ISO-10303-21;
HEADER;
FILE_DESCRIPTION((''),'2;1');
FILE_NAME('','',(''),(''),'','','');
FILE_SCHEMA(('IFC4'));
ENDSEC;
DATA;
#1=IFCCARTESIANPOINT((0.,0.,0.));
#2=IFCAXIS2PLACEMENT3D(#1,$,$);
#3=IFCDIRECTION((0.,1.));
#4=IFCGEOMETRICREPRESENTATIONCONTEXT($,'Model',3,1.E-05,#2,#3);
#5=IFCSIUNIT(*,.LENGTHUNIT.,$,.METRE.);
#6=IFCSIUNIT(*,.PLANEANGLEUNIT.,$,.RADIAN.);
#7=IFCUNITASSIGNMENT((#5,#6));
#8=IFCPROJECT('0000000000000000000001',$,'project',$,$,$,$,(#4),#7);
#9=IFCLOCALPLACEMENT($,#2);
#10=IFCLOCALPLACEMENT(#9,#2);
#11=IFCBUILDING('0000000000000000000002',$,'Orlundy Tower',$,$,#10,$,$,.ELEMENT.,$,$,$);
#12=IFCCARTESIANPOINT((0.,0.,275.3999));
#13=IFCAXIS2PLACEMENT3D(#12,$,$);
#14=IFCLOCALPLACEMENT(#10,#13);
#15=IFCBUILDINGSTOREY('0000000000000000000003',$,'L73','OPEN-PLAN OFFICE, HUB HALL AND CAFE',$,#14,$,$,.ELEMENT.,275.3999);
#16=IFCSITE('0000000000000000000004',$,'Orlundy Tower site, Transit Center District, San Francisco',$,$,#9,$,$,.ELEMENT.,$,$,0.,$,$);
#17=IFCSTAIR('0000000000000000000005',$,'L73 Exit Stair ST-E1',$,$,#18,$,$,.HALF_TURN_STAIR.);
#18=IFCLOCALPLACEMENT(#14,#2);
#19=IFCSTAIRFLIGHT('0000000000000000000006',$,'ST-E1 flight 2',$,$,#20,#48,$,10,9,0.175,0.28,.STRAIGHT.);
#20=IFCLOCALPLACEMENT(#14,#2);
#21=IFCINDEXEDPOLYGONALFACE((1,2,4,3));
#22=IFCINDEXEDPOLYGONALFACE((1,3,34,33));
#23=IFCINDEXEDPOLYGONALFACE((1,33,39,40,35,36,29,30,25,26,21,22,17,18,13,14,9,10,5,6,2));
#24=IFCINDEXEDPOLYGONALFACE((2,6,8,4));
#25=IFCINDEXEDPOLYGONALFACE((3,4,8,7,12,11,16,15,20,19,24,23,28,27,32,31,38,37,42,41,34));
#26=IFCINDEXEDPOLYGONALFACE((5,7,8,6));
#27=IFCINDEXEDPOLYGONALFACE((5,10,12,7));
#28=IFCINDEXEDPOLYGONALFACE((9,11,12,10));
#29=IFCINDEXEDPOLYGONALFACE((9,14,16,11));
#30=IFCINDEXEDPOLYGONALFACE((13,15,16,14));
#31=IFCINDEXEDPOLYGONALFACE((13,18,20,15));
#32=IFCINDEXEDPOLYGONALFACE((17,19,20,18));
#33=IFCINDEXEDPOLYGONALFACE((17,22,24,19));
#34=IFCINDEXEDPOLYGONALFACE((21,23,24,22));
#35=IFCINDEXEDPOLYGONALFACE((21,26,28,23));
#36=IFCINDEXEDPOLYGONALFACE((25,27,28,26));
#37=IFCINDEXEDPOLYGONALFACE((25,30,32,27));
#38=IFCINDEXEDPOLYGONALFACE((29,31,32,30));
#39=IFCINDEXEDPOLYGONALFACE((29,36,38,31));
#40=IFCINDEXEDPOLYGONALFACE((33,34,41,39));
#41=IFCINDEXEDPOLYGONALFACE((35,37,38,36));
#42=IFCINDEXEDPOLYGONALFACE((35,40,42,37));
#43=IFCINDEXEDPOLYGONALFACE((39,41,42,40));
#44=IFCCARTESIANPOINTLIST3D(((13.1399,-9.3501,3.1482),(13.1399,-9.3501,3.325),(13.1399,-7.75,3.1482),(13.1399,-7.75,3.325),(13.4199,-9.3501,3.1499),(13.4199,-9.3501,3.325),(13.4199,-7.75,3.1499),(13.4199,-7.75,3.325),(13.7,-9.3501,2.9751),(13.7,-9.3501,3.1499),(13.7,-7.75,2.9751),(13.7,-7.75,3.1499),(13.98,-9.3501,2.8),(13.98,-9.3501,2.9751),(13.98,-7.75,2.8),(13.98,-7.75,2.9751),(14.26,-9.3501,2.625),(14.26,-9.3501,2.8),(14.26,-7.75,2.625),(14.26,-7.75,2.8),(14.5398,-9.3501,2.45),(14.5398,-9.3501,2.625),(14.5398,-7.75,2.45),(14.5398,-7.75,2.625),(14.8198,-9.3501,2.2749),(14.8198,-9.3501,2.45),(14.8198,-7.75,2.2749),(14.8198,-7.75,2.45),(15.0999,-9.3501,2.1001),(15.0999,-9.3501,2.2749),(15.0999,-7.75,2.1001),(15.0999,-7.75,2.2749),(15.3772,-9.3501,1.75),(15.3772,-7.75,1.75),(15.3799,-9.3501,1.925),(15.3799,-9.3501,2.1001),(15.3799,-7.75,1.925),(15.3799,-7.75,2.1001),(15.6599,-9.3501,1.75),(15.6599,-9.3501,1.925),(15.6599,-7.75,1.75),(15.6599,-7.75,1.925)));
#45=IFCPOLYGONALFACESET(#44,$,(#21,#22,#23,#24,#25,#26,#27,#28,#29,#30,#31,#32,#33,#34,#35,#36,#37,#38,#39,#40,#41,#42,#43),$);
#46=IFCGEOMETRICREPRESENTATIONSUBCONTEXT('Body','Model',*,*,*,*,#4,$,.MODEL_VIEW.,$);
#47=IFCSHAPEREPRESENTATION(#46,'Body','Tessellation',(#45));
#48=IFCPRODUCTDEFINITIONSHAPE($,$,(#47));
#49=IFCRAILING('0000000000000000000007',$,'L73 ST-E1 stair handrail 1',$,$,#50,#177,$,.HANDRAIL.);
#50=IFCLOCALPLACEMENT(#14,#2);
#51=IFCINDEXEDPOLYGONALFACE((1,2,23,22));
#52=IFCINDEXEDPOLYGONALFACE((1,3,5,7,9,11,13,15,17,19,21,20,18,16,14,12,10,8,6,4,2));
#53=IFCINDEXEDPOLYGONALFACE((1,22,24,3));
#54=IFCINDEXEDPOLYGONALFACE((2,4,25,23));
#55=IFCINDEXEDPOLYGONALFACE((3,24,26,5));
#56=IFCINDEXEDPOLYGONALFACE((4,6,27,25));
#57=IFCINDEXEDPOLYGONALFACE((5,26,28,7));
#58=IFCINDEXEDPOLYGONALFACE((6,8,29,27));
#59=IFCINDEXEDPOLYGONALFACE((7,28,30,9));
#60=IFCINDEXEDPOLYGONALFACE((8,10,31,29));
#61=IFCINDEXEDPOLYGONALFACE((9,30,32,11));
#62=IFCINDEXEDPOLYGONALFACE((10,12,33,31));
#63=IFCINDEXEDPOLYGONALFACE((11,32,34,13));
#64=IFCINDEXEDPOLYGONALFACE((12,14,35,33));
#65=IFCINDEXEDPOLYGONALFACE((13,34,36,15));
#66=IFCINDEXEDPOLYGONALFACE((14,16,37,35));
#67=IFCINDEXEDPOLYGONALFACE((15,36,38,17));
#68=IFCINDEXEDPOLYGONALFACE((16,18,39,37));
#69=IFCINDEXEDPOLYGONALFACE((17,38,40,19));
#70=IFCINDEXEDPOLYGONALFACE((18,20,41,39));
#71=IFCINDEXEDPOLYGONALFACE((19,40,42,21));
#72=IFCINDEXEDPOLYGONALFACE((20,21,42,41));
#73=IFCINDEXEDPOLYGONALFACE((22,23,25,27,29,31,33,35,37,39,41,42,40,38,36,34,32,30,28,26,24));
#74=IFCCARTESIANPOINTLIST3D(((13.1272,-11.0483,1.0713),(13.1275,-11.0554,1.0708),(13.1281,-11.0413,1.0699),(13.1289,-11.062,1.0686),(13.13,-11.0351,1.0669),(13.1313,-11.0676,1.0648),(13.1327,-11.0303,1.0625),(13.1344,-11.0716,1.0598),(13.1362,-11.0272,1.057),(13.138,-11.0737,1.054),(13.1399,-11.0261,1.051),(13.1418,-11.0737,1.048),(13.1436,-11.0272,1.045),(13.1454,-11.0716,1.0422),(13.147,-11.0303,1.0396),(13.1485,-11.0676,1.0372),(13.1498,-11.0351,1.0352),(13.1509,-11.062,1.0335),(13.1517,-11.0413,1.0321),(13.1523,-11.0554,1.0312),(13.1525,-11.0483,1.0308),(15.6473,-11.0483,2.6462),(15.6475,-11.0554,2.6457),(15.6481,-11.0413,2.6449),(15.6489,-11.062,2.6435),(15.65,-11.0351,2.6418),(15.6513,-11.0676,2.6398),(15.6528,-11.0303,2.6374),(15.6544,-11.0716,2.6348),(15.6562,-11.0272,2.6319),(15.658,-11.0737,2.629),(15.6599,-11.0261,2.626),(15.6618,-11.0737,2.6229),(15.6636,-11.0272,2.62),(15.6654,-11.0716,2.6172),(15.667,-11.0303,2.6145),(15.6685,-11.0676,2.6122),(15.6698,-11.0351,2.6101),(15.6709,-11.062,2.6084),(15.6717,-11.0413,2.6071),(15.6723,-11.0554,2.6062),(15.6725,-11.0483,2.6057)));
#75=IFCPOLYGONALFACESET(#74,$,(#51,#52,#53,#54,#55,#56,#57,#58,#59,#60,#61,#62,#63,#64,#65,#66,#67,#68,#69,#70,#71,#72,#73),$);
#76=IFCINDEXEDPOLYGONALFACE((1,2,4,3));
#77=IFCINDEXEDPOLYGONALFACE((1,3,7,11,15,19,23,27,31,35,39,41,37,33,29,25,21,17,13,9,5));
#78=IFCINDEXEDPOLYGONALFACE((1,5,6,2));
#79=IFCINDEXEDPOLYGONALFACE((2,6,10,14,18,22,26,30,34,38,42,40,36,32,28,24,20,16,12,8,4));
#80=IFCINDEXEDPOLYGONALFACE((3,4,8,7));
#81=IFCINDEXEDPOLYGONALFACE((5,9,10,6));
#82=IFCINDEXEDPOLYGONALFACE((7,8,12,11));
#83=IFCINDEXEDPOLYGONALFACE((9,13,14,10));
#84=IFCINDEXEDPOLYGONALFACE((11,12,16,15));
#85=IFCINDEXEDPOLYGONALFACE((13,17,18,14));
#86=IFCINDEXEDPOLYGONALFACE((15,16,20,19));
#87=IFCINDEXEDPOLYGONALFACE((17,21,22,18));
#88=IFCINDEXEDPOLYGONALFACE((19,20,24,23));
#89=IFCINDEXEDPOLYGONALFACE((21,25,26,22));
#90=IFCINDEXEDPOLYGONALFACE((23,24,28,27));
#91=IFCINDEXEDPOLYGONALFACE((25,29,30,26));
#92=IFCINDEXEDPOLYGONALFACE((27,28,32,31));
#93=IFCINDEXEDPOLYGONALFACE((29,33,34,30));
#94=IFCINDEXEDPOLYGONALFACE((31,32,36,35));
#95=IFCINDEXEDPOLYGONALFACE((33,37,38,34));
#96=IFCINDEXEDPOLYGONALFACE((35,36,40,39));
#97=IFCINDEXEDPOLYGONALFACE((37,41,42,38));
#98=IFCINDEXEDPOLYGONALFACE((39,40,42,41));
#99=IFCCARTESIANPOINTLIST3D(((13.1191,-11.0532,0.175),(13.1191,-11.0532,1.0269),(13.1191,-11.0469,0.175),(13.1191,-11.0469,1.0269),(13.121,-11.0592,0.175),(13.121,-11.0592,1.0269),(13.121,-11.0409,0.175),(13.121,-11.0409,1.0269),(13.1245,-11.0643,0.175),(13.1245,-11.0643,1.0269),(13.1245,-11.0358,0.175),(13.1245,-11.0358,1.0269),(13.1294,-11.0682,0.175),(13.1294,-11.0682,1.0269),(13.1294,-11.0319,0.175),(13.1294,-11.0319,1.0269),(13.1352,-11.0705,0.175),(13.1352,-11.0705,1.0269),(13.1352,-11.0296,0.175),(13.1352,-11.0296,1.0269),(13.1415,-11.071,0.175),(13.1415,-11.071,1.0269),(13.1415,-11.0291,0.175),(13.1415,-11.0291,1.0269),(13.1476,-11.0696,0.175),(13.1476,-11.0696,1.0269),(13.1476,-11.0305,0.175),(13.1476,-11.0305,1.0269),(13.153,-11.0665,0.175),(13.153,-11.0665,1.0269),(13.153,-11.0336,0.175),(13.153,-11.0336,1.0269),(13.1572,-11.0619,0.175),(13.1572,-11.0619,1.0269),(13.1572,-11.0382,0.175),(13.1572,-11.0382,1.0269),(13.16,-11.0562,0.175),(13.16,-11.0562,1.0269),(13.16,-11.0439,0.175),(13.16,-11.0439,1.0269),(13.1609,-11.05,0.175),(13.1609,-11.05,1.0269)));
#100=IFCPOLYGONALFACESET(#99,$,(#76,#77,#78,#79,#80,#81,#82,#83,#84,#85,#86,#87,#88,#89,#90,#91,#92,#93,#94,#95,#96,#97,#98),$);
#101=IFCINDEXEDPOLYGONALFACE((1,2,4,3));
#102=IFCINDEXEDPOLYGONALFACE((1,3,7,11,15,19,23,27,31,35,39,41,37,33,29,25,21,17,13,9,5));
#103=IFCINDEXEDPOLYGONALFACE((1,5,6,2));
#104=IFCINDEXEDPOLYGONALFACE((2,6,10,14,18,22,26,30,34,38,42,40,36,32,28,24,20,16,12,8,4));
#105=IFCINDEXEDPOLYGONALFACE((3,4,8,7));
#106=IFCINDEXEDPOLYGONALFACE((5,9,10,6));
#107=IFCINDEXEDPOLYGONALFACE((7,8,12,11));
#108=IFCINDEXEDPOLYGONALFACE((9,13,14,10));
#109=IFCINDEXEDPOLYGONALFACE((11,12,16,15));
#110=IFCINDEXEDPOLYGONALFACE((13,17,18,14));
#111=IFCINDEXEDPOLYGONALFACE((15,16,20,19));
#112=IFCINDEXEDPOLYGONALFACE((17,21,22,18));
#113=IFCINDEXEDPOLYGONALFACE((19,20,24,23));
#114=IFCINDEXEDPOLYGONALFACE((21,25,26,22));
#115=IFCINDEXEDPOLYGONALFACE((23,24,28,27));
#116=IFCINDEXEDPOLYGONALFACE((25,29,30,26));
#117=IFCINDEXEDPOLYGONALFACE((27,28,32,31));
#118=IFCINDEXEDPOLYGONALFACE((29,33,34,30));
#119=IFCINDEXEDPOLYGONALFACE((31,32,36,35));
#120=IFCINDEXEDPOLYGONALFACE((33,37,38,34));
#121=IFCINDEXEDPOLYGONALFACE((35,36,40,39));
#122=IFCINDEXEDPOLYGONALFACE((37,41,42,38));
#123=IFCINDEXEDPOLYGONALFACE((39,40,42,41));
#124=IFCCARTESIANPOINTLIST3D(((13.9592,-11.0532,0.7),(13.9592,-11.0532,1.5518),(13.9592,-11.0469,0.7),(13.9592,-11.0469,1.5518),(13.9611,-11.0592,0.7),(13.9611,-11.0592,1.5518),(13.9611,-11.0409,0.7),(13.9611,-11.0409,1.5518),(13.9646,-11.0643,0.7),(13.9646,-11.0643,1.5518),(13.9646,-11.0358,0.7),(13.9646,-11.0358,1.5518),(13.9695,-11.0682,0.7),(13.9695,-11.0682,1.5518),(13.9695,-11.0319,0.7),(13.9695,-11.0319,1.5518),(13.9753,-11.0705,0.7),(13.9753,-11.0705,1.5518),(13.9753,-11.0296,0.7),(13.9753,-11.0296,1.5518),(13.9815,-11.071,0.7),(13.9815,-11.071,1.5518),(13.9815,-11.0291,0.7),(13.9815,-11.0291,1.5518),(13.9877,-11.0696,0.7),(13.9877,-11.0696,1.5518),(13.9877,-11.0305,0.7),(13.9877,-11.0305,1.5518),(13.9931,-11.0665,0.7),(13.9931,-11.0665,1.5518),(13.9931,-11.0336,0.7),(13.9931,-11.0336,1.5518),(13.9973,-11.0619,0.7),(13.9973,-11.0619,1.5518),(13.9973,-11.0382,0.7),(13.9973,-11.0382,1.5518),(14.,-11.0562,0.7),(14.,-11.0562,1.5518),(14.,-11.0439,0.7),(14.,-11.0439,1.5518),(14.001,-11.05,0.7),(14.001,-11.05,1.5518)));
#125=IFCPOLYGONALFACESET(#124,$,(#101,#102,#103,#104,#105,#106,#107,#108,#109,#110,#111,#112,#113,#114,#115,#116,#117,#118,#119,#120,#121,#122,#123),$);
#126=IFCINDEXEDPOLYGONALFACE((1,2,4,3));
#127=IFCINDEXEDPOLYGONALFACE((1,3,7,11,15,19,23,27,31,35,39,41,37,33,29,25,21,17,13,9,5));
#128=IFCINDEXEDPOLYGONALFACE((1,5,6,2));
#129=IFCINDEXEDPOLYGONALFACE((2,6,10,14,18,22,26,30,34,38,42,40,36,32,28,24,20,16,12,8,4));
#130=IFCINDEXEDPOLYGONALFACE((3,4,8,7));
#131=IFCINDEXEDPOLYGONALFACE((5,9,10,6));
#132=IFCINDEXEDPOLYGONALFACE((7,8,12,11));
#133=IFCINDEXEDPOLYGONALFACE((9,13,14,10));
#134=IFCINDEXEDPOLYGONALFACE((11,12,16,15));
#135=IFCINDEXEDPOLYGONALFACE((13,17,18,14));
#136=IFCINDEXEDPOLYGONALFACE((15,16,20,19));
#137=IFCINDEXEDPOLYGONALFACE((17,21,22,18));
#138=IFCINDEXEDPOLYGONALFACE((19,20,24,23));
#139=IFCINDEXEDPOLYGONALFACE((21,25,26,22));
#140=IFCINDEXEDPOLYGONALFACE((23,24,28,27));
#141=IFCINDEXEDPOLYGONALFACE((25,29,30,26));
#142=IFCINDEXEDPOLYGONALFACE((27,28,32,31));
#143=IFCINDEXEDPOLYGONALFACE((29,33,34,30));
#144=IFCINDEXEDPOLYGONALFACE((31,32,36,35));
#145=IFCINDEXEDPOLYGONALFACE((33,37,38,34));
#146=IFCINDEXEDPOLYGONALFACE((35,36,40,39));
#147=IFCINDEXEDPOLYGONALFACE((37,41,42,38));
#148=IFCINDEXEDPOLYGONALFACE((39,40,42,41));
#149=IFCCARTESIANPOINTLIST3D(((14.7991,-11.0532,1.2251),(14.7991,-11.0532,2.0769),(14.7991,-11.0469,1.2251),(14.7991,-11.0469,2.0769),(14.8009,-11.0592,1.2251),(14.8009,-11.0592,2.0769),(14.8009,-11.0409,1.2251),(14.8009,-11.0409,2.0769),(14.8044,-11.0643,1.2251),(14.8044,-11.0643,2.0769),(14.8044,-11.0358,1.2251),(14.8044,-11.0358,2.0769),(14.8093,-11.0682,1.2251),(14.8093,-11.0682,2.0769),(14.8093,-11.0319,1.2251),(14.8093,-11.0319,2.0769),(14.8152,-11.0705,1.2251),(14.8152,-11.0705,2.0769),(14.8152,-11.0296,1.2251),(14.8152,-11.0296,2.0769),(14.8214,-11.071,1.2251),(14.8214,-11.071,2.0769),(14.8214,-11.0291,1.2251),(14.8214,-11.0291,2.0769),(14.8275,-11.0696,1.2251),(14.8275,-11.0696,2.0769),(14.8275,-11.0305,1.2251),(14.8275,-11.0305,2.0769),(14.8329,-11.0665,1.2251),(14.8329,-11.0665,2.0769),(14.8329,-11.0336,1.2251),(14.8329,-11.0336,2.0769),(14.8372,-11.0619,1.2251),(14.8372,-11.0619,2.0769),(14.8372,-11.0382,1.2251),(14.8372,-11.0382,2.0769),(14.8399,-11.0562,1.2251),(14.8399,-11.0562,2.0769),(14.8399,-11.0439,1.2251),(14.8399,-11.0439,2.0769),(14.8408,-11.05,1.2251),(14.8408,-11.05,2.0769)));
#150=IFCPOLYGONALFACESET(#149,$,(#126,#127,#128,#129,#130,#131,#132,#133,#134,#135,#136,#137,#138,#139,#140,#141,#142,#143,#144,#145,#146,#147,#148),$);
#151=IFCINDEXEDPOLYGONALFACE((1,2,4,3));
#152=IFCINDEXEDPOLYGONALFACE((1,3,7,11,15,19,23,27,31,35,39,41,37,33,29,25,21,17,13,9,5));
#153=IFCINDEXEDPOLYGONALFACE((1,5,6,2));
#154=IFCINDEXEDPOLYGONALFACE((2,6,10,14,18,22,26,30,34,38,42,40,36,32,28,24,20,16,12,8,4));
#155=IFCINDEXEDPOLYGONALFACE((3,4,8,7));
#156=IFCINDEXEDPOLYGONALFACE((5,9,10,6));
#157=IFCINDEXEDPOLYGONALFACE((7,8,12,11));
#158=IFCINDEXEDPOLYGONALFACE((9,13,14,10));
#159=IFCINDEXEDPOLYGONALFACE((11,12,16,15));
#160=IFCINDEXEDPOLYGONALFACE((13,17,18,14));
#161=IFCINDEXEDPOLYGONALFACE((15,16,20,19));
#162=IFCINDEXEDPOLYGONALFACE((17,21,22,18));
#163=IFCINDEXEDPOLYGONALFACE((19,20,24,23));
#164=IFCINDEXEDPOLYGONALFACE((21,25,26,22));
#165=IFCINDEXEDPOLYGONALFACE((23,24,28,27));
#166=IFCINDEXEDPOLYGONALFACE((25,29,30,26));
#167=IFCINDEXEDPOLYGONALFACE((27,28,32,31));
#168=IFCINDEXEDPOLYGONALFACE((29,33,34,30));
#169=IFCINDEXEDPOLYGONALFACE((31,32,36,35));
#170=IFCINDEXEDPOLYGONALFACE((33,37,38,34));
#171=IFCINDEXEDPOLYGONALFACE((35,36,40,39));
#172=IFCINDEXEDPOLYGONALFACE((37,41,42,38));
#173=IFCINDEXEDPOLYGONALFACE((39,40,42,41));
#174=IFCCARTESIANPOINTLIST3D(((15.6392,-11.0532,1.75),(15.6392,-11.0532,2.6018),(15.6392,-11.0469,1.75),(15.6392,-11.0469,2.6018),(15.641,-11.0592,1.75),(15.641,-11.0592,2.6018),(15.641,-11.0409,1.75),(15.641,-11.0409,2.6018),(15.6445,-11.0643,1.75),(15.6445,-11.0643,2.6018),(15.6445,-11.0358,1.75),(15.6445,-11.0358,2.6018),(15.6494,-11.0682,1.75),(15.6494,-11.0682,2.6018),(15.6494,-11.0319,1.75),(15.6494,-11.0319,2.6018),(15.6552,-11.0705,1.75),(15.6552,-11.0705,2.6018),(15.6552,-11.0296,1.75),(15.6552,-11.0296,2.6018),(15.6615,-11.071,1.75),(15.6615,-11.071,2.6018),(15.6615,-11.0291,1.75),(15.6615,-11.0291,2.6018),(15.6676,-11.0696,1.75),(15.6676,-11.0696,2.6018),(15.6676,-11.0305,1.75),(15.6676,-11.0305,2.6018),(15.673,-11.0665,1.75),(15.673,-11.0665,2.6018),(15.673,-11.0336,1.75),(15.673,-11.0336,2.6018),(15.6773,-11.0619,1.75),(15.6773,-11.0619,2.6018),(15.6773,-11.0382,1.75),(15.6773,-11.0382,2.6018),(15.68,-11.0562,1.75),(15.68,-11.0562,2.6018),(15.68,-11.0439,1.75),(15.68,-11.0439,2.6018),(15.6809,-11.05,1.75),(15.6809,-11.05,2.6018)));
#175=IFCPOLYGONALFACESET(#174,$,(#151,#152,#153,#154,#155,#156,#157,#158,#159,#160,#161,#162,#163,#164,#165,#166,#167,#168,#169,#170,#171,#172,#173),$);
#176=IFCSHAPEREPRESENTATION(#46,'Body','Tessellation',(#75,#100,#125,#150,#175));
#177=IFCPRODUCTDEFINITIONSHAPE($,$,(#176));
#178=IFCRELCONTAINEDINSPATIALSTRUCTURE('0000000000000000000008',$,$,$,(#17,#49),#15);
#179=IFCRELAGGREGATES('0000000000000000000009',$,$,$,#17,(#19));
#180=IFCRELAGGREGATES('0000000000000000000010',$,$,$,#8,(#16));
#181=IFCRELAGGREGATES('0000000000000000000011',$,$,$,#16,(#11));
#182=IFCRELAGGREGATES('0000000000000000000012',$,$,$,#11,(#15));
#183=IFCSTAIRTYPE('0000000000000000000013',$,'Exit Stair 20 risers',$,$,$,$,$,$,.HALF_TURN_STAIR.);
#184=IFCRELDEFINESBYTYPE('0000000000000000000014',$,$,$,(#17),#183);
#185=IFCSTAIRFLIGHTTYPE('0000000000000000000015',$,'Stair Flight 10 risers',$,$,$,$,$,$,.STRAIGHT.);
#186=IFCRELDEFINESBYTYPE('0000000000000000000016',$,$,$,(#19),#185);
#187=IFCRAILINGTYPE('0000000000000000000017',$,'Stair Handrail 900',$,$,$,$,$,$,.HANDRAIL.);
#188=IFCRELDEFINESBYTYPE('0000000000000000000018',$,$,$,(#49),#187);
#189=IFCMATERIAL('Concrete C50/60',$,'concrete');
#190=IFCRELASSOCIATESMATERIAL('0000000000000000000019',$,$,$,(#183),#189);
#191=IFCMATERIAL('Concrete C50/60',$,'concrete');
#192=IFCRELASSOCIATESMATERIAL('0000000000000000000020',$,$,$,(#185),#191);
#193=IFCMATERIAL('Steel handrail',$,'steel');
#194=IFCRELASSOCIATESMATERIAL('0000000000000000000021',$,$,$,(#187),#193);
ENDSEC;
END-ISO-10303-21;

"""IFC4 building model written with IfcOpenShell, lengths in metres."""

from ifc_helpers import new_model, si_unit, direction, frame, origin, origin_2d, place, context, subcontext, project, spatial, polyline, circle, outline, extrude, material, type_object, element, aggregate, save


model = new_model("IFC4")

# Units and contexts
model_context = context("Model", 3, precision=1e-05, world=origin(), true_north=direction((0.0, 1.0)))
body_context = subcontext(model_context, "Body", "Model", "MODEL_VIEW")
ifc_project = project(units=[si_unit("LENGTHUNIT", "METRE"), si_unit("PLANEANGLEUNIT", "RADIAN")], contexts=[model_context])

# Site, building, storey
site_placement = place(None, origin())
site = spatial("IfcSite", under=ifc_project, at=site_placement, Name="Orlundy Tower site, Transit Center District, San Francisco", CompositionType="ELEMENT", RefElevation=0.0)
building_placement = place(site_placement, origin())
building = spatial("IfcBuilding", under=site, at=building_placement, Name="Orlundy Tower", CompositionType="ELEMENT")
storey_placement = place(building_placement, frame((0.0, 0.0, 275.3999)))
storey = spatial("IfcBuildingStorey", under=building, at=storey_placement, Name="L73", Description="OPEN-PLAN OFFICE, HUB HALL AND CAFE", CompositionType="ELEMENT", Elevation=275.3999)

# Stair, stair flight
ifc_material_1 = material(Name="Concrete C50/60", Category="concrete")
stair_type = type_object("IfcStairType", Name="Exit Stair 20 risers", PredefinedType="HALF_TURN_STAIR", material=ifc_material_1)
stair_placement = place(storey_placement, origin())
stair = element("IfcStair", 1, at=stair_placement, inside=storey, type_object=stair_type, Name="L73 Exit Stair ST-E1", PredefinedType="HALF_TURN_STAIR")
ifc_material_2 = material(Name="Concrete C50/60", Category="concrete")
stair_flight_type = type_object("IfcStairFlightType", Name="Stair Flight 10 risers", PredefinedType="STRAIGHT", material=ifc_material_2)
stair_flight_1_placement = place(storey_placement, frame((15.6599, -8.55, 1.75), z_axis=(0.0, 0.0, 1.0), x_axis=(-1.0, 0.0, 0.0)))
stair_flight_1 = element("IfcStairFlight", 2, at=stair_flight_1_placement, type_object=stair_flight_type, Name="ST-E1 flight 2", NumberOfRisers=10, NumberOfTreads=9, PredefinedType="STRAIGHT", RiserHeight=0.175, TreadLength=0.28, context=body_context, shape_type="SweptSolid", body=[
    extrude(outline(polyline([(0.0, 0.0), (0.0, 0.175), (0.28, 0.175), (0.28, 0.3501), (0.5601, 0.3501), (0.5601, 0.5249), (0.8401, 0.5249), (0.8401, 0.7), (1.1201, 0.7), (1.1201, 0.875), (1.3999, 0.875), (1.3999, 1.05), (1.6799, 1.05), (1.6799, 1.2251), (1.96, 1.2251), (1.96, 1.3999), (2.24, 1.3999), (2.24, 1.575), (2.52, 1.575), (2.52, 1.75), (2.52, 1.3982), (0.2827, 0.0), (0.0, 0.0)])), frame((0.0, 0.8, 0.0), z_axis=(0.0, -1.0, 0.0), x_axis=(1.0, 0.0, 0.0)), (0.0, 0.0, 1.0), 1.6001),
])
aggregate(stair, [stair_flight_1])

# Railing
ifc_material_3 = material(Name="Steel handrail", Category="steel")
railing_type_1 = type_object("IfcRailingType", Name="Stair Handrail 900", PredefinedType="HANDRAIL", material=ifc_material_3)
railing_1_placement = place(storey_placement, frame((13.1399, -11.05, 0.175)))
element("IfcRailing", 3, at=railing_1_placement, inside=storey, type_object=railing_type_1, Name="L73 ST-E1 stair handrail 1", PredefinedType="HANDRAIL", context=body_context, shape_type="SweptSolid", body=[
    extrude(circle(Radius=0.0239, at=origin_2d()), frame((0.0, 0.0, 0.876), z_axis=(0.848008, 0.0, 0.529984), x_axis=(0.0, 1.0, 0.0)), (0.0, 0.0, 1.0), 2.9717),
    extrude(circle(Radius=0.021, at=origin_2d()), origin(), (0.0, 0.0, 1.0), 0.8518),
    extrude(circle(Radius=0.021, at=origin_2d()), frame((0.8401, 0.0, 0.5249)), (0.0, 0.0, 1.0), 0.8518),
    extrude(circle(Radius=0.021, at=origin_2d()), frame((1.6799, 0.0, 1.05)), (0.0, 0.0, 1.0), 0.8518),
    extrude(circle(Radius=0.021, at=origin_2d()), frame((2.52, 0.0, 1.575)), (0.0, 0.0, 1.0), 0.8518),
])

save(model, "model.ifc")
